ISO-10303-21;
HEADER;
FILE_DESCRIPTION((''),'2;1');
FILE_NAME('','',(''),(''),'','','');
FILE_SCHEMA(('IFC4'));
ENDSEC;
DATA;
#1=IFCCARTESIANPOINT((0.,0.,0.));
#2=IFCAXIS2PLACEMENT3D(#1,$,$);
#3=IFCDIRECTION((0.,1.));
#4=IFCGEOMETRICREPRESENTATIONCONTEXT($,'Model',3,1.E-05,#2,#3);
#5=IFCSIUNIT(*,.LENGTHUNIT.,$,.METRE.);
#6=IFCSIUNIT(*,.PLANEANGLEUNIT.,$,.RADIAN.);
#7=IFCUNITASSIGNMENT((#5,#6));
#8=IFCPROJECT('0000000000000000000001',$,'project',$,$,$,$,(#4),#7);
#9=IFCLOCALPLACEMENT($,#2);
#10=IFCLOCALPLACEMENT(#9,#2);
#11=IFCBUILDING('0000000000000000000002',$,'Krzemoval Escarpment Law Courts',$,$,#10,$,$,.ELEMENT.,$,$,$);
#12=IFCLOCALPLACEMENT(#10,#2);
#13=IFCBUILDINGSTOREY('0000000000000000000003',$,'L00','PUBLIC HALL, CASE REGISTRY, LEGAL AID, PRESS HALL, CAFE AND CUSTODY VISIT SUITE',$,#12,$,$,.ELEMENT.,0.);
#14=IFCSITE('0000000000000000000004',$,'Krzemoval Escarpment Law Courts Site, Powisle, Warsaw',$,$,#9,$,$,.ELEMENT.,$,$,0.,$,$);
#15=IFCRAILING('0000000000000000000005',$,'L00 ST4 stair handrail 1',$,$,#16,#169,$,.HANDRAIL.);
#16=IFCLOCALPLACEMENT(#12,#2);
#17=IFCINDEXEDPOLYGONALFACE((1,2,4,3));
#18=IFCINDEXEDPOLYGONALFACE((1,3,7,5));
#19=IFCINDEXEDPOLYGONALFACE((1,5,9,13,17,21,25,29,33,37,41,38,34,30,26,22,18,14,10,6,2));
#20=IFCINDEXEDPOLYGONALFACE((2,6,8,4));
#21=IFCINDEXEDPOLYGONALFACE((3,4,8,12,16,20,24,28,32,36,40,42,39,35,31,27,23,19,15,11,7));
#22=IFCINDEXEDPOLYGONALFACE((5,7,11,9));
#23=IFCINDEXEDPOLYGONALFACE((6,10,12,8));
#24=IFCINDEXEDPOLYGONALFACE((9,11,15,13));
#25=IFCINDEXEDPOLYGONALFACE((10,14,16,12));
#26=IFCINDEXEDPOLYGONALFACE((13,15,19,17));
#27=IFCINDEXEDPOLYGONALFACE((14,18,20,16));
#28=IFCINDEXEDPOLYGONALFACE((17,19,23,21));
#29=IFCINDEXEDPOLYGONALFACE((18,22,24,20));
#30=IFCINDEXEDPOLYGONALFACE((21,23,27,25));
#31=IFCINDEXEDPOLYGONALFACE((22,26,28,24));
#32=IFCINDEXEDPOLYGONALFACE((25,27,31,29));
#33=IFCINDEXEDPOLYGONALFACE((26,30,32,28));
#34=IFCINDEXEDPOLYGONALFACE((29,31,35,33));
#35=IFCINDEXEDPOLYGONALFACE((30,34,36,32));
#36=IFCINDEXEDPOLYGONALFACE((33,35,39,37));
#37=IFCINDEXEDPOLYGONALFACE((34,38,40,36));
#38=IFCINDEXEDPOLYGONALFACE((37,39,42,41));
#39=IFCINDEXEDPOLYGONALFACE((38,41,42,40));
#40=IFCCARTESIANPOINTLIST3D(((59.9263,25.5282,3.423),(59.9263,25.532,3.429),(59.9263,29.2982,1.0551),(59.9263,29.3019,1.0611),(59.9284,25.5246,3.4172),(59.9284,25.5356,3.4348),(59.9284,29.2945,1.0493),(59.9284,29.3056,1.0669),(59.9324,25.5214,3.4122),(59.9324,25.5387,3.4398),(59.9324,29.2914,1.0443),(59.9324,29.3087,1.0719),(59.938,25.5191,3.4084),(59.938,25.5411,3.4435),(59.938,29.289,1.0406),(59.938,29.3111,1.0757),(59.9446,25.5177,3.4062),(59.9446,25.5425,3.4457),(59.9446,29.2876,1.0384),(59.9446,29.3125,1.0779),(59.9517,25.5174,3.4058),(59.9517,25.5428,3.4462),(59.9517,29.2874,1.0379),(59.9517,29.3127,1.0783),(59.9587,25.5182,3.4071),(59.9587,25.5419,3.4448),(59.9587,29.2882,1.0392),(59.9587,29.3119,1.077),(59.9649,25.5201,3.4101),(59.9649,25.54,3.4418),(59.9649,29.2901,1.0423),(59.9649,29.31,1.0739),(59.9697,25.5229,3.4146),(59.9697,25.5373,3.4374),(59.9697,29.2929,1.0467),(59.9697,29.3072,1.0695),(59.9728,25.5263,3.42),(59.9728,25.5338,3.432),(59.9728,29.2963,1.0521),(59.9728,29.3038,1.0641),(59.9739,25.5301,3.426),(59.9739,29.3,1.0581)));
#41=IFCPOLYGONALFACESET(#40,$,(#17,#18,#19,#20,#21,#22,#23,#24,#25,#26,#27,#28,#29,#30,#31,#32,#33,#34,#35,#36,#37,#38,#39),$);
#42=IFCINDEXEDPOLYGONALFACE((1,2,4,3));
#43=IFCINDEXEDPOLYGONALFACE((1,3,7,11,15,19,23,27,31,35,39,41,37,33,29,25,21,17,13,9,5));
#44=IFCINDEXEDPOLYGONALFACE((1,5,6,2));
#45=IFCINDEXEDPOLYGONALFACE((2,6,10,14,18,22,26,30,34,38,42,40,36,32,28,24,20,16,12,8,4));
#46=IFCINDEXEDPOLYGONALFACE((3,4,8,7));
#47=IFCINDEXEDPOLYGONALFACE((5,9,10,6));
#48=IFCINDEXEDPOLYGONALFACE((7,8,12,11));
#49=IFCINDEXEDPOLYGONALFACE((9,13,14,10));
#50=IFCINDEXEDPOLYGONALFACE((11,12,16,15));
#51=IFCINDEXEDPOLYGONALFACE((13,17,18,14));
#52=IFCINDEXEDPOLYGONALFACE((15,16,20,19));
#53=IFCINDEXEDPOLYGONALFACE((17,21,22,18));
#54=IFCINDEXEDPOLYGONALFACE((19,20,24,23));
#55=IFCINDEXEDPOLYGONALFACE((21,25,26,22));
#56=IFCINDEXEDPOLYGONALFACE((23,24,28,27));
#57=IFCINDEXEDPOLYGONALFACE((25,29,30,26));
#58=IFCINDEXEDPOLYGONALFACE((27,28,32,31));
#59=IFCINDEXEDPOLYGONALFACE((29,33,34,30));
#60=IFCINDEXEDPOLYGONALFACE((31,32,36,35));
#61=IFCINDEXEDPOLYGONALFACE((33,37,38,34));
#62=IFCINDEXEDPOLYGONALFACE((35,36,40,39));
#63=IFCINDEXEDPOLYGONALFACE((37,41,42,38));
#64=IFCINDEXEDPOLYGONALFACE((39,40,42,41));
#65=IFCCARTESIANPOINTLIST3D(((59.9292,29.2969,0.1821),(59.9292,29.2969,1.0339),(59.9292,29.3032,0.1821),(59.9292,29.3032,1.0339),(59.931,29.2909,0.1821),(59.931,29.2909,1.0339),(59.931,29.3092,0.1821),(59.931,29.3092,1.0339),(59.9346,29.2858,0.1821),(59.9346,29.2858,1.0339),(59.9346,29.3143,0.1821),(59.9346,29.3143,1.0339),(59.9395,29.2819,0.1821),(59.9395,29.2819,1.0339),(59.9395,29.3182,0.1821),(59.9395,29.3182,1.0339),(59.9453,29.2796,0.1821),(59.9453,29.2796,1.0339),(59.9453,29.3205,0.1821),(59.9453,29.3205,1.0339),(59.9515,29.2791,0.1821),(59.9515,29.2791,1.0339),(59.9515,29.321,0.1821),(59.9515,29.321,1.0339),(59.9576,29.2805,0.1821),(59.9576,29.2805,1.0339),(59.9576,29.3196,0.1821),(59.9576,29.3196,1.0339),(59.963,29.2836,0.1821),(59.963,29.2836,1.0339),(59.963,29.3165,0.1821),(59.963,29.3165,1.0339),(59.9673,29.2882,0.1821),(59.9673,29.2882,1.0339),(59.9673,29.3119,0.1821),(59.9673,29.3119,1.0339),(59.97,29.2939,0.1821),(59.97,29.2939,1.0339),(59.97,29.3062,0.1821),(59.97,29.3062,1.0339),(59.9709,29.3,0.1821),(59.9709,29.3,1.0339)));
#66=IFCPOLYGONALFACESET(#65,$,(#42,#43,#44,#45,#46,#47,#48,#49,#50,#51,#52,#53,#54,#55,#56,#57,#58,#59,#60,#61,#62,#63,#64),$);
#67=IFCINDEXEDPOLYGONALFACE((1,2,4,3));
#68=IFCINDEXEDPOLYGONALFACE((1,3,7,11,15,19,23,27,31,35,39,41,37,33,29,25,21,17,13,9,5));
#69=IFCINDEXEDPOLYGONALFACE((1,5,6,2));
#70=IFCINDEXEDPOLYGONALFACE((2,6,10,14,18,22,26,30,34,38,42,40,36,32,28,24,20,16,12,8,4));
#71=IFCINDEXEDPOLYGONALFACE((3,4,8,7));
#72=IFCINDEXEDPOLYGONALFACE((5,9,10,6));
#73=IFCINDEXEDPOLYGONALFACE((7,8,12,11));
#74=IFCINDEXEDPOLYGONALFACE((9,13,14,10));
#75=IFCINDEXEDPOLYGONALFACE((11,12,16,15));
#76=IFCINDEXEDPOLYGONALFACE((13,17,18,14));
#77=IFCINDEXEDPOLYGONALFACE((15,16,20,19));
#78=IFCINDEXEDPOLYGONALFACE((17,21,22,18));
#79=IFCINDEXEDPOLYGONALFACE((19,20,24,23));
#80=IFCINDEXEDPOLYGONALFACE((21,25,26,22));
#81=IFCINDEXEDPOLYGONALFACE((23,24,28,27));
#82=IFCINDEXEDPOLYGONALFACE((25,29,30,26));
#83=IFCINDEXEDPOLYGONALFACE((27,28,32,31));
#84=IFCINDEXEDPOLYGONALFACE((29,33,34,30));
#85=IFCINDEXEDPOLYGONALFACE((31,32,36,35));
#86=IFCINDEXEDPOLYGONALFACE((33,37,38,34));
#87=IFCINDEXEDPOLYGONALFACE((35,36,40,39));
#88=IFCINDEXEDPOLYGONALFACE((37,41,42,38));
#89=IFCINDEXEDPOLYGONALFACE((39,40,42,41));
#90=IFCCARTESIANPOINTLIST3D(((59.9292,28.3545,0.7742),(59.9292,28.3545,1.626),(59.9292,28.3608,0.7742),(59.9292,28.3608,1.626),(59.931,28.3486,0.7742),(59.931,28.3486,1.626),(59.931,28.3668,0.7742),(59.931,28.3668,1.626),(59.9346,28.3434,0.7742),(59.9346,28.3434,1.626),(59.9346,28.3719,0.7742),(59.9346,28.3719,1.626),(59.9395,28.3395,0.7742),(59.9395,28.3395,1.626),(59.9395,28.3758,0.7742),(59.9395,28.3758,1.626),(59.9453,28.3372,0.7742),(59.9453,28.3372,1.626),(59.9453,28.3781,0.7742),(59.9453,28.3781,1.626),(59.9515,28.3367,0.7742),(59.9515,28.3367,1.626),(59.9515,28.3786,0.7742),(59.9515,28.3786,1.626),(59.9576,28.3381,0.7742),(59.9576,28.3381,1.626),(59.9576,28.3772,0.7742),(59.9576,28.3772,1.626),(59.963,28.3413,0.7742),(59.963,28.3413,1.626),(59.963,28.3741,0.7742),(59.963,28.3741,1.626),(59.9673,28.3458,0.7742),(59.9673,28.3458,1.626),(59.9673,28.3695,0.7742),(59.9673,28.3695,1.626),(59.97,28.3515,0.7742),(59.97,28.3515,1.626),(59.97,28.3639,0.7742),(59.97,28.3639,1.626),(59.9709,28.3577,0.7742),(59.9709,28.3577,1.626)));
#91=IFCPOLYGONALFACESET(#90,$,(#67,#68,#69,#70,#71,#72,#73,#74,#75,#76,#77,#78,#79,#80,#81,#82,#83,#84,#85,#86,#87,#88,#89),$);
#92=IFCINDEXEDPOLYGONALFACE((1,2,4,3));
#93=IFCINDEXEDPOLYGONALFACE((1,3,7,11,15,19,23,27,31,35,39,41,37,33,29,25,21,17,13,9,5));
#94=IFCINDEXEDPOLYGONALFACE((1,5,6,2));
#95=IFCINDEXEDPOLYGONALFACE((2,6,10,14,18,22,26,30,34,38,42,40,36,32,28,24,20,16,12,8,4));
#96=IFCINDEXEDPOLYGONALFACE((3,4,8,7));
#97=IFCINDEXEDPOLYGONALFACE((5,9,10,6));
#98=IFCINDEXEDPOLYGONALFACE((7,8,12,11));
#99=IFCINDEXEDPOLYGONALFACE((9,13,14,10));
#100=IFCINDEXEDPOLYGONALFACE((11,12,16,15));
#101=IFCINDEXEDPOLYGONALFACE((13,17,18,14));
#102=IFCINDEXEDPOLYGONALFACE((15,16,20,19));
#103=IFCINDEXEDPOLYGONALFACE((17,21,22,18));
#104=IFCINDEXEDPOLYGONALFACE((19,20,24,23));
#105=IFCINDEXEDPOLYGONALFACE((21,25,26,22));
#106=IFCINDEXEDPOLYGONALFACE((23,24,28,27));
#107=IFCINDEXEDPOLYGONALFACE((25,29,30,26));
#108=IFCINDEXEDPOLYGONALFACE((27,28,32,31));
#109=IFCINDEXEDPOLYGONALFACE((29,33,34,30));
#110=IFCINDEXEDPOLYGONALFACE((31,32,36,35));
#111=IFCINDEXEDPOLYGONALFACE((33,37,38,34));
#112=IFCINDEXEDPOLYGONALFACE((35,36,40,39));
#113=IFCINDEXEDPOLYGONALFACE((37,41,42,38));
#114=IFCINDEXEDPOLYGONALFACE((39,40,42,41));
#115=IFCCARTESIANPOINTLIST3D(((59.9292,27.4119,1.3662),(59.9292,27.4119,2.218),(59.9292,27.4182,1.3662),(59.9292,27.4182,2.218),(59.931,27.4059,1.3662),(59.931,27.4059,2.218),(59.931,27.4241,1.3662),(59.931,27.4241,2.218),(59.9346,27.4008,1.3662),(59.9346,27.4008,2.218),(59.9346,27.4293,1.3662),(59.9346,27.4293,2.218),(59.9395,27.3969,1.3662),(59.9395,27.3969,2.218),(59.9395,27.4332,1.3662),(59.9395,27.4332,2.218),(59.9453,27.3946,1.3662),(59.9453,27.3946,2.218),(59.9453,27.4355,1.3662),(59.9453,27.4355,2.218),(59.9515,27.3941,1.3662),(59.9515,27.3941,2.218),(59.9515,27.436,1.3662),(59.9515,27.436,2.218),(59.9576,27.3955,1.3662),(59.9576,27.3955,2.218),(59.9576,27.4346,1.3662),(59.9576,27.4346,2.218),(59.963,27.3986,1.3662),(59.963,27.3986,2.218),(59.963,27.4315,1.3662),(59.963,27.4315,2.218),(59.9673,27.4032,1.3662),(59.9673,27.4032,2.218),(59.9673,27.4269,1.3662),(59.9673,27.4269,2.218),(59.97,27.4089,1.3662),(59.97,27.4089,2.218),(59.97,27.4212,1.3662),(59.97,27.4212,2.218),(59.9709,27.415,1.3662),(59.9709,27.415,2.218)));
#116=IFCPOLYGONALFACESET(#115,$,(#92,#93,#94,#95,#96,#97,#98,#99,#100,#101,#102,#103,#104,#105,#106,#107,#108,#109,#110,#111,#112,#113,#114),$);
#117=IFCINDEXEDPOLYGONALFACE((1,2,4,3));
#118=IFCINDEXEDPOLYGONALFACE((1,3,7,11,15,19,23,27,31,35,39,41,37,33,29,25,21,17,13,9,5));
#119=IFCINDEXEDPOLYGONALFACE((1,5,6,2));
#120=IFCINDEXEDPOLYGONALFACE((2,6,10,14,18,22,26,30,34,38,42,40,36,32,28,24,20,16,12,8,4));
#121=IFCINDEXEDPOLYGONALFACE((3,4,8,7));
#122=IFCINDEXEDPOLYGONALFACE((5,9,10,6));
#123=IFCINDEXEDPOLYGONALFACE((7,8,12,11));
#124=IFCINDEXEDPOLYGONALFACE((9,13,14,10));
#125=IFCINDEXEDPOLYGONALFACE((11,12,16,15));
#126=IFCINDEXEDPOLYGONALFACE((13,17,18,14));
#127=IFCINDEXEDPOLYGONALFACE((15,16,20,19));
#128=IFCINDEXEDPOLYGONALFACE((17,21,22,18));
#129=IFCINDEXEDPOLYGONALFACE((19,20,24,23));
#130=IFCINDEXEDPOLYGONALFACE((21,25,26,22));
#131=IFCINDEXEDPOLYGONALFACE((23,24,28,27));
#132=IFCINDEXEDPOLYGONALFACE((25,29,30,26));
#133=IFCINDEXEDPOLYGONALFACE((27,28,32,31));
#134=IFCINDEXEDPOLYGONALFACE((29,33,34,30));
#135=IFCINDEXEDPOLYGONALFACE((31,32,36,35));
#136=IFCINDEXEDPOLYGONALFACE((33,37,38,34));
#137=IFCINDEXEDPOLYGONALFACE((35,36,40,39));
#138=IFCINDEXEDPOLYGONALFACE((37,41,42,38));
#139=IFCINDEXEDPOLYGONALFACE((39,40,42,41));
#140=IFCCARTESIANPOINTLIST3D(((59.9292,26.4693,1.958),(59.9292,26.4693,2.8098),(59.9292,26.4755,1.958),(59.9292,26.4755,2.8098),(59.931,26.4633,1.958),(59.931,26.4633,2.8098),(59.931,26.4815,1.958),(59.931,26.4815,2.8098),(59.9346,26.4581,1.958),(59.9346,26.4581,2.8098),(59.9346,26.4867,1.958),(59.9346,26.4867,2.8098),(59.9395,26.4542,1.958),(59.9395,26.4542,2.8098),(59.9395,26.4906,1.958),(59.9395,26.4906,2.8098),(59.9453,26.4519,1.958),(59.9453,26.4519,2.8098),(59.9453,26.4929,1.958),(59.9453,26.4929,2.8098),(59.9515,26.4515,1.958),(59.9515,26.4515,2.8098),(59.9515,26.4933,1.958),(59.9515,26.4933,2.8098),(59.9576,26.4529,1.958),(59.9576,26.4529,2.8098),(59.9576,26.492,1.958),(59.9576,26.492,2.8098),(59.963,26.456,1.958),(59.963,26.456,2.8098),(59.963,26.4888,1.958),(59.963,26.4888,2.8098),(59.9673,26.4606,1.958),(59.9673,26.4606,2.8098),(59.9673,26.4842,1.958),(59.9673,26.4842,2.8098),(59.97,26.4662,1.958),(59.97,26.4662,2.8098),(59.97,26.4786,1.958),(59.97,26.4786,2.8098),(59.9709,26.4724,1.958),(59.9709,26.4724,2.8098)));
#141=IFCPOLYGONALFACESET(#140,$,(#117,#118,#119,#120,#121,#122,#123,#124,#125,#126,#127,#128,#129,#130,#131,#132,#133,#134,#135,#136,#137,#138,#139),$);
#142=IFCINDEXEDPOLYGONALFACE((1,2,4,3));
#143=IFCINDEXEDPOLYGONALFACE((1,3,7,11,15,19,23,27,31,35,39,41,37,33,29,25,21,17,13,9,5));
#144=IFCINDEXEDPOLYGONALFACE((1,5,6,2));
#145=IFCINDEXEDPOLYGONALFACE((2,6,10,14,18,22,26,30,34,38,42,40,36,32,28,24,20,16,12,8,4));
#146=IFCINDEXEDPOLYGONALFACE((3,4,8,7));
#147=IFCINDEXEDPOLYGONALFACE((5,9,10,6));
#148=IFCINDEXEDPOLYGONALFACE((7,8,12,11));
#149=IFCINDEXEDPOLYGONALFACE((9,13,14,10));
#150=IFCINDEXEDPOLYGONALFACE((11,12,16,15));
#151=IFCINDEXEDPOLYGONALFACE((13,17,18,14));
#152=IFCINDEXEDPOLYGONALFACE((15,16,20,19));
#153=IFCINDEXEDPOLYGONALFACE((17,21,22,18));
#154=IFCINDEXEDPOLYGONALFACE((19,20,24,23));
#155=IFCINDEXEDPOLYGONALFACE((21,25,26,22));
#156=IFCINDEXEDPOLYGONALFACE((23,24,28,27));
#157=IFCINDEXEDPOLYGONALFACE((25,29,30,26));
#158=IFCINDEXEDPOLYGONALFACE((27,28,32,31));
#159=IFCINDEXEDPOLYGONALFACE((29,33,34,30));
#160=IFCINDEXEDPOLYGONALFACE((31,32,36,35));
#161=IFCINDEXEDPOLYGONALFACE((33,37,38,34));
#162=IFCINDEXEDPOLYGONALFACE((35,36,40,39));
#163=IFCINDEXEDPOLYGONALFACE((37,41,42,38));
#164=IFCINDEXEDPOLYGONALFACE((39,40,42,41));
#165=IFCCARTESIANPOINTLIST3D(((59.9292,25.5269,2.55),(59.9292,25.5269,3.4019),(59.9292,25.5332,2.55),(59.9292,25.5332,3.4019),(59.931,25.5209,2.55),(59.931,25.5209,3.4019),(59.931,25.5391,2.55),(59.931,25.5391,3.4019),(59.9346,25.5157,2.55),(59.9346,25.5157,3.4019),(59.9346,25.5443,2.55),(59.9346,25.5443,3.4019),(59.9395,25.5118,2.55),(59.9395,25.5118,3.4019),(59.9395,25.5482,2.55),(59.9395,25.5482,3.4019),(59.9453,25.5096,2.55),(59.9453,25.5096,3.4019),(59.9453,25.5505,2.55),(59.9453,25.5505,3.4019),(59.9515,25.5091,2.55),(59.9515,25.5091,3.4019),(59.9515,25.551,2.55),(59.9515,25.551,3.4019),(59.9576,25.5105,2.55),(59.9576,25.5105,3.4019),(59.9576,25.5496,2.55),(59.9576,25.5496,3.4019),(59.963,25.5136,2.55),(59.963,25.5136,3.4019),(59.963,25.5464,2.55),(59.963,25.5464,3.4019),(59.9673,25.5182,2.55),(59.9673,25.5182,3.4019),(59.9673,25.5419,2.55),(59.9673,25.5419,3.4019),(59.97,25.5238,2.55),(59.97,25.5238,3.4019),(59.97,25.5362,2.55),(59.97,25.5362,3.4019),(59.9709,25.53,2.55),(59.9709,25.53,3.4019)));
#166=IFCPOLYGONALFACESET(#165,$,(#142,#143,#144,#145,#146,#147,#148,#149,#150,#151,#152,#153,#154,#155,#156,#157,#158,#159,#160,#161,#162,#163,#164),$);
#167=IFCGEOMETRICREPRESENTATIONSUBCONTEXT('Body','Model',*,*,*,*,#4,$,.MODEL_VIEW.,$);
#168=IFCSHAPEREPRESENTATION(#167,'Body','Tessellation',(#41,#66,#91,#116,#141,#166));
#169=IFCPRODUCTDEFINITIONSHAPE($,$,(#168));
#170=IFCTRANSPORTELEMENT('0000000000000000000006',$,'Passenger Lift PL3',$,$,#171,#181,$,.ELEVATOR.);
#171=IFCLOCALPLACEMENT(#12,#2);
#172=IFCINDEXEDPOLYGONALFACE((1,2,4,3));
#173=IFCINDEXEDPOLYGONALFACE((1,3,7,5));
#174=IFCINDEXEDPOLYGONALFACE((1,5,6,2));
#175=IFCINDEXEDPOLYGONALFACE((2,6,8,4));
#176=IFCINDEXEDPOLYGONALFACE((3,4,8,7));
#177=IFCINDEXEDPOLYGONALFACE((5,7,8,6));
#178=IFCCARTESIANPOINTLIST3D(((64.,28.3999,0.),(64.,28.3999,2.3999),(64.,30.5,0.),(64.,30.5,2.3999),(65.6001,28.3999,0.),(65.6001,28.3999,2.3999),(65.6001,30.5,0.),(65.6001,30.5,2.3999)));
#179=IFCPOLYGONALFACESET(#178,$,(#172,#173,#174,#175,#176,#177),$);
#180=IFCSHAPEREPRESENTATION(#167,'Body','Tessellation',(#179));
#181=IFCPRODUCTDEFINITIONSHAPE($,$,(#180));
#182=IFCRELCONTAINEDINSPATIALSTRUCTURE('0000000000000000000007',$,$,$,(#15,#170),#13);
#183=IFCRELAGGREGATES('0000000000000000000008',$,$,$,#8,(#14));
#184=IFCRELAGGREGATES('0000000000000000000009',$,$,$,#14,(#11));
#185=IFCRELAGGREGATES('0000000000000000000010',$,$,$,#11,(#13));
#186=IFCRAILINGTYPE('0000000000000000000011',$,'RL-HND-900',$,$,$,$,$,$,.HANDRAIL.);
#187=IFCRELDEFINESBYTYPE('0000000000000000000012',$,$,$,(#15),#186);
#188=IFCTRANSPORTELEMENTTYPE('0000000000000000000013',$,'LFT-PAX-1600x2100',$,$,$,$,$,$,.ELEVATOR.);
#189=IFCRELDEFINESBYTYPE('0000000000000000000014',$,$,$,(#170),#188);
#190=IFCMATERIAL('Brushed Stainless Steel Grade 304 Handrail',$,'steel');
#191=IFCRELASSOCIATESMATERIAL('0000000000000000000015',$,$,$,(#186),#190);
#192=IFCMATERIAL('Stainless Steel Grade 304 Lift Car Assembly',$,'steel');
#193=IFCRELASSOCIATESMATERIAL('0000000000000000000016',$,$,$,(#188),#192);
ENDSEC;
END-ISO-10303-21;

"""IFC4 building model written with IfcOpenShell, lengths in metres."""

from ifc_helpers import new_model, si_unit, direction, frame, origin, origin_2d, place, context, subcontext, project, spatial, rectangle, circle, extrude, material, type_object, element, save


model = new_model("IFC4")

# Units and contexts
model_context = context("Model", 3, precision=1e-05, world=origin(), true_north=direction((0.0, 1.0)))
body_context = subcontext(model_context, "Body", "Model", "MODEL_VIEW")
ifc_project = project(units=[si_unit("LENGTHUNIT", "METRE"), si_unit("PLANEANGLEUNIT", "RADIAN")], contexts=[model_context])

# Site, building, storey
site_placement = place(None, origin())
site = spatial("IfcSite", under=ifc_project, at=site_placement, Name="Krzemoval Escarpment Law Courts Site, Powisle, Warsaw", CompositionType="ELEMENT", RefElevation=0.0)
building_placement = place(site_placement, origin())
building = spatial("IfcBuilding", under=site, at=building_placement, Name="Krzemoval Escarpment Law Courts", CompositionType="ELEMENT")
storey_placement = place(building_placement, origin())
storey = spatial("IfcBuildingStorey", under=building, at=storey_placement, Name="L00", Description="PUBLIC HALL, CASE REGISTRY, LEGAL AID, PRESS HALL, CAFE AND CUSTODY VISIT SUITE", CompositionType="ELEMENT", Elevation=0.0)

# Railing
ifc_material_1 = material(Name="Brushed Stainless Steel Grade 304 Handrail", Category="steel")
railing_type_1 = type_object("IfcRailingType", Name="RL-HND-900", PredefinedType="HANDRAIL", material=ifc_material_1)
railing_1_placement = place(storey_placement, frame((59.95, 29.3, 0.1821)))
element("IfcRailing", 1, at=railing_1_placement, inside=storey, type_object=railing_type_1, Name="L00 ST4 stair handrail 1", PredefinedType="HANDRAIL", context=body_context, shape_type="SweptSolid", body=[
    extrude(circle(Radius=0.0239, at=origin_2d()), frame((0.0, 0.0, 0.876), z_axis=(0.0, -0.846819, 0.531881), x_axis=(1.0, 0.0, 0.0)), (0.0, 0.0, 1.0), 4.4519),
    extrude(circle(Radius=0.021, at=origin_2d()), origin(), (0.0, 0.0, 1.0), 0.8518),
    extrude(circle(Radius=0.021, at=origin_2d()), frame((0.0, -0.9424, 0.592)), (0.0, 0.0, 1.0), 0.8518),
    extrude(circle(Radius=0.021, at=origin_2d()), frame((0.0, -1.885, 1.1841)), (0.0, 0.0, 1.0), 0.8518),
    extrude(circle(Radius=0.021, at=origin_2d()), frame((0.0, -2.8276, 1.7759)), (0.0, 0.0, 1.0), 0.8518),
    extrude(circle(Radius=0.021, at=origin_2d()), frame((0.0, -3.77, 2.3679)), (0.0, 0.0, 1.0), 0.8518),
])

# Transport element
ifc_material_2 = material(Name="Stainless Steel Grade 304 Lift Car Assembly", Category="steel")
transport_element_type = type_object("IfcTransportElementType", Name="LFT-PAX-1600x2100", PredefinedType="ELEVATOR", material=ifc_material_2)
transport_element_placement = place(storey_placement, frame((64.8, 29.45, 0.0), z_axis=(0.0, 0.0, 1.0), x_axis=(1.0, 0.0, 0.0)))
element("IfcTransportElement", 2, at=transport_element_placement, inside=storey, type_object=transport_element_type, Name="Passenger Lift PL3", PredefinedType="ELEVATOR", context=body_context, shape_type="SweptSolid", body=[
    extrude(rectangle(XDim=1.6001, YDim=2.1001, at=origin_2d()), origin(), (0.0, 0.0, 1.0), 2.3999),
])

save(model, "model.ifc")
